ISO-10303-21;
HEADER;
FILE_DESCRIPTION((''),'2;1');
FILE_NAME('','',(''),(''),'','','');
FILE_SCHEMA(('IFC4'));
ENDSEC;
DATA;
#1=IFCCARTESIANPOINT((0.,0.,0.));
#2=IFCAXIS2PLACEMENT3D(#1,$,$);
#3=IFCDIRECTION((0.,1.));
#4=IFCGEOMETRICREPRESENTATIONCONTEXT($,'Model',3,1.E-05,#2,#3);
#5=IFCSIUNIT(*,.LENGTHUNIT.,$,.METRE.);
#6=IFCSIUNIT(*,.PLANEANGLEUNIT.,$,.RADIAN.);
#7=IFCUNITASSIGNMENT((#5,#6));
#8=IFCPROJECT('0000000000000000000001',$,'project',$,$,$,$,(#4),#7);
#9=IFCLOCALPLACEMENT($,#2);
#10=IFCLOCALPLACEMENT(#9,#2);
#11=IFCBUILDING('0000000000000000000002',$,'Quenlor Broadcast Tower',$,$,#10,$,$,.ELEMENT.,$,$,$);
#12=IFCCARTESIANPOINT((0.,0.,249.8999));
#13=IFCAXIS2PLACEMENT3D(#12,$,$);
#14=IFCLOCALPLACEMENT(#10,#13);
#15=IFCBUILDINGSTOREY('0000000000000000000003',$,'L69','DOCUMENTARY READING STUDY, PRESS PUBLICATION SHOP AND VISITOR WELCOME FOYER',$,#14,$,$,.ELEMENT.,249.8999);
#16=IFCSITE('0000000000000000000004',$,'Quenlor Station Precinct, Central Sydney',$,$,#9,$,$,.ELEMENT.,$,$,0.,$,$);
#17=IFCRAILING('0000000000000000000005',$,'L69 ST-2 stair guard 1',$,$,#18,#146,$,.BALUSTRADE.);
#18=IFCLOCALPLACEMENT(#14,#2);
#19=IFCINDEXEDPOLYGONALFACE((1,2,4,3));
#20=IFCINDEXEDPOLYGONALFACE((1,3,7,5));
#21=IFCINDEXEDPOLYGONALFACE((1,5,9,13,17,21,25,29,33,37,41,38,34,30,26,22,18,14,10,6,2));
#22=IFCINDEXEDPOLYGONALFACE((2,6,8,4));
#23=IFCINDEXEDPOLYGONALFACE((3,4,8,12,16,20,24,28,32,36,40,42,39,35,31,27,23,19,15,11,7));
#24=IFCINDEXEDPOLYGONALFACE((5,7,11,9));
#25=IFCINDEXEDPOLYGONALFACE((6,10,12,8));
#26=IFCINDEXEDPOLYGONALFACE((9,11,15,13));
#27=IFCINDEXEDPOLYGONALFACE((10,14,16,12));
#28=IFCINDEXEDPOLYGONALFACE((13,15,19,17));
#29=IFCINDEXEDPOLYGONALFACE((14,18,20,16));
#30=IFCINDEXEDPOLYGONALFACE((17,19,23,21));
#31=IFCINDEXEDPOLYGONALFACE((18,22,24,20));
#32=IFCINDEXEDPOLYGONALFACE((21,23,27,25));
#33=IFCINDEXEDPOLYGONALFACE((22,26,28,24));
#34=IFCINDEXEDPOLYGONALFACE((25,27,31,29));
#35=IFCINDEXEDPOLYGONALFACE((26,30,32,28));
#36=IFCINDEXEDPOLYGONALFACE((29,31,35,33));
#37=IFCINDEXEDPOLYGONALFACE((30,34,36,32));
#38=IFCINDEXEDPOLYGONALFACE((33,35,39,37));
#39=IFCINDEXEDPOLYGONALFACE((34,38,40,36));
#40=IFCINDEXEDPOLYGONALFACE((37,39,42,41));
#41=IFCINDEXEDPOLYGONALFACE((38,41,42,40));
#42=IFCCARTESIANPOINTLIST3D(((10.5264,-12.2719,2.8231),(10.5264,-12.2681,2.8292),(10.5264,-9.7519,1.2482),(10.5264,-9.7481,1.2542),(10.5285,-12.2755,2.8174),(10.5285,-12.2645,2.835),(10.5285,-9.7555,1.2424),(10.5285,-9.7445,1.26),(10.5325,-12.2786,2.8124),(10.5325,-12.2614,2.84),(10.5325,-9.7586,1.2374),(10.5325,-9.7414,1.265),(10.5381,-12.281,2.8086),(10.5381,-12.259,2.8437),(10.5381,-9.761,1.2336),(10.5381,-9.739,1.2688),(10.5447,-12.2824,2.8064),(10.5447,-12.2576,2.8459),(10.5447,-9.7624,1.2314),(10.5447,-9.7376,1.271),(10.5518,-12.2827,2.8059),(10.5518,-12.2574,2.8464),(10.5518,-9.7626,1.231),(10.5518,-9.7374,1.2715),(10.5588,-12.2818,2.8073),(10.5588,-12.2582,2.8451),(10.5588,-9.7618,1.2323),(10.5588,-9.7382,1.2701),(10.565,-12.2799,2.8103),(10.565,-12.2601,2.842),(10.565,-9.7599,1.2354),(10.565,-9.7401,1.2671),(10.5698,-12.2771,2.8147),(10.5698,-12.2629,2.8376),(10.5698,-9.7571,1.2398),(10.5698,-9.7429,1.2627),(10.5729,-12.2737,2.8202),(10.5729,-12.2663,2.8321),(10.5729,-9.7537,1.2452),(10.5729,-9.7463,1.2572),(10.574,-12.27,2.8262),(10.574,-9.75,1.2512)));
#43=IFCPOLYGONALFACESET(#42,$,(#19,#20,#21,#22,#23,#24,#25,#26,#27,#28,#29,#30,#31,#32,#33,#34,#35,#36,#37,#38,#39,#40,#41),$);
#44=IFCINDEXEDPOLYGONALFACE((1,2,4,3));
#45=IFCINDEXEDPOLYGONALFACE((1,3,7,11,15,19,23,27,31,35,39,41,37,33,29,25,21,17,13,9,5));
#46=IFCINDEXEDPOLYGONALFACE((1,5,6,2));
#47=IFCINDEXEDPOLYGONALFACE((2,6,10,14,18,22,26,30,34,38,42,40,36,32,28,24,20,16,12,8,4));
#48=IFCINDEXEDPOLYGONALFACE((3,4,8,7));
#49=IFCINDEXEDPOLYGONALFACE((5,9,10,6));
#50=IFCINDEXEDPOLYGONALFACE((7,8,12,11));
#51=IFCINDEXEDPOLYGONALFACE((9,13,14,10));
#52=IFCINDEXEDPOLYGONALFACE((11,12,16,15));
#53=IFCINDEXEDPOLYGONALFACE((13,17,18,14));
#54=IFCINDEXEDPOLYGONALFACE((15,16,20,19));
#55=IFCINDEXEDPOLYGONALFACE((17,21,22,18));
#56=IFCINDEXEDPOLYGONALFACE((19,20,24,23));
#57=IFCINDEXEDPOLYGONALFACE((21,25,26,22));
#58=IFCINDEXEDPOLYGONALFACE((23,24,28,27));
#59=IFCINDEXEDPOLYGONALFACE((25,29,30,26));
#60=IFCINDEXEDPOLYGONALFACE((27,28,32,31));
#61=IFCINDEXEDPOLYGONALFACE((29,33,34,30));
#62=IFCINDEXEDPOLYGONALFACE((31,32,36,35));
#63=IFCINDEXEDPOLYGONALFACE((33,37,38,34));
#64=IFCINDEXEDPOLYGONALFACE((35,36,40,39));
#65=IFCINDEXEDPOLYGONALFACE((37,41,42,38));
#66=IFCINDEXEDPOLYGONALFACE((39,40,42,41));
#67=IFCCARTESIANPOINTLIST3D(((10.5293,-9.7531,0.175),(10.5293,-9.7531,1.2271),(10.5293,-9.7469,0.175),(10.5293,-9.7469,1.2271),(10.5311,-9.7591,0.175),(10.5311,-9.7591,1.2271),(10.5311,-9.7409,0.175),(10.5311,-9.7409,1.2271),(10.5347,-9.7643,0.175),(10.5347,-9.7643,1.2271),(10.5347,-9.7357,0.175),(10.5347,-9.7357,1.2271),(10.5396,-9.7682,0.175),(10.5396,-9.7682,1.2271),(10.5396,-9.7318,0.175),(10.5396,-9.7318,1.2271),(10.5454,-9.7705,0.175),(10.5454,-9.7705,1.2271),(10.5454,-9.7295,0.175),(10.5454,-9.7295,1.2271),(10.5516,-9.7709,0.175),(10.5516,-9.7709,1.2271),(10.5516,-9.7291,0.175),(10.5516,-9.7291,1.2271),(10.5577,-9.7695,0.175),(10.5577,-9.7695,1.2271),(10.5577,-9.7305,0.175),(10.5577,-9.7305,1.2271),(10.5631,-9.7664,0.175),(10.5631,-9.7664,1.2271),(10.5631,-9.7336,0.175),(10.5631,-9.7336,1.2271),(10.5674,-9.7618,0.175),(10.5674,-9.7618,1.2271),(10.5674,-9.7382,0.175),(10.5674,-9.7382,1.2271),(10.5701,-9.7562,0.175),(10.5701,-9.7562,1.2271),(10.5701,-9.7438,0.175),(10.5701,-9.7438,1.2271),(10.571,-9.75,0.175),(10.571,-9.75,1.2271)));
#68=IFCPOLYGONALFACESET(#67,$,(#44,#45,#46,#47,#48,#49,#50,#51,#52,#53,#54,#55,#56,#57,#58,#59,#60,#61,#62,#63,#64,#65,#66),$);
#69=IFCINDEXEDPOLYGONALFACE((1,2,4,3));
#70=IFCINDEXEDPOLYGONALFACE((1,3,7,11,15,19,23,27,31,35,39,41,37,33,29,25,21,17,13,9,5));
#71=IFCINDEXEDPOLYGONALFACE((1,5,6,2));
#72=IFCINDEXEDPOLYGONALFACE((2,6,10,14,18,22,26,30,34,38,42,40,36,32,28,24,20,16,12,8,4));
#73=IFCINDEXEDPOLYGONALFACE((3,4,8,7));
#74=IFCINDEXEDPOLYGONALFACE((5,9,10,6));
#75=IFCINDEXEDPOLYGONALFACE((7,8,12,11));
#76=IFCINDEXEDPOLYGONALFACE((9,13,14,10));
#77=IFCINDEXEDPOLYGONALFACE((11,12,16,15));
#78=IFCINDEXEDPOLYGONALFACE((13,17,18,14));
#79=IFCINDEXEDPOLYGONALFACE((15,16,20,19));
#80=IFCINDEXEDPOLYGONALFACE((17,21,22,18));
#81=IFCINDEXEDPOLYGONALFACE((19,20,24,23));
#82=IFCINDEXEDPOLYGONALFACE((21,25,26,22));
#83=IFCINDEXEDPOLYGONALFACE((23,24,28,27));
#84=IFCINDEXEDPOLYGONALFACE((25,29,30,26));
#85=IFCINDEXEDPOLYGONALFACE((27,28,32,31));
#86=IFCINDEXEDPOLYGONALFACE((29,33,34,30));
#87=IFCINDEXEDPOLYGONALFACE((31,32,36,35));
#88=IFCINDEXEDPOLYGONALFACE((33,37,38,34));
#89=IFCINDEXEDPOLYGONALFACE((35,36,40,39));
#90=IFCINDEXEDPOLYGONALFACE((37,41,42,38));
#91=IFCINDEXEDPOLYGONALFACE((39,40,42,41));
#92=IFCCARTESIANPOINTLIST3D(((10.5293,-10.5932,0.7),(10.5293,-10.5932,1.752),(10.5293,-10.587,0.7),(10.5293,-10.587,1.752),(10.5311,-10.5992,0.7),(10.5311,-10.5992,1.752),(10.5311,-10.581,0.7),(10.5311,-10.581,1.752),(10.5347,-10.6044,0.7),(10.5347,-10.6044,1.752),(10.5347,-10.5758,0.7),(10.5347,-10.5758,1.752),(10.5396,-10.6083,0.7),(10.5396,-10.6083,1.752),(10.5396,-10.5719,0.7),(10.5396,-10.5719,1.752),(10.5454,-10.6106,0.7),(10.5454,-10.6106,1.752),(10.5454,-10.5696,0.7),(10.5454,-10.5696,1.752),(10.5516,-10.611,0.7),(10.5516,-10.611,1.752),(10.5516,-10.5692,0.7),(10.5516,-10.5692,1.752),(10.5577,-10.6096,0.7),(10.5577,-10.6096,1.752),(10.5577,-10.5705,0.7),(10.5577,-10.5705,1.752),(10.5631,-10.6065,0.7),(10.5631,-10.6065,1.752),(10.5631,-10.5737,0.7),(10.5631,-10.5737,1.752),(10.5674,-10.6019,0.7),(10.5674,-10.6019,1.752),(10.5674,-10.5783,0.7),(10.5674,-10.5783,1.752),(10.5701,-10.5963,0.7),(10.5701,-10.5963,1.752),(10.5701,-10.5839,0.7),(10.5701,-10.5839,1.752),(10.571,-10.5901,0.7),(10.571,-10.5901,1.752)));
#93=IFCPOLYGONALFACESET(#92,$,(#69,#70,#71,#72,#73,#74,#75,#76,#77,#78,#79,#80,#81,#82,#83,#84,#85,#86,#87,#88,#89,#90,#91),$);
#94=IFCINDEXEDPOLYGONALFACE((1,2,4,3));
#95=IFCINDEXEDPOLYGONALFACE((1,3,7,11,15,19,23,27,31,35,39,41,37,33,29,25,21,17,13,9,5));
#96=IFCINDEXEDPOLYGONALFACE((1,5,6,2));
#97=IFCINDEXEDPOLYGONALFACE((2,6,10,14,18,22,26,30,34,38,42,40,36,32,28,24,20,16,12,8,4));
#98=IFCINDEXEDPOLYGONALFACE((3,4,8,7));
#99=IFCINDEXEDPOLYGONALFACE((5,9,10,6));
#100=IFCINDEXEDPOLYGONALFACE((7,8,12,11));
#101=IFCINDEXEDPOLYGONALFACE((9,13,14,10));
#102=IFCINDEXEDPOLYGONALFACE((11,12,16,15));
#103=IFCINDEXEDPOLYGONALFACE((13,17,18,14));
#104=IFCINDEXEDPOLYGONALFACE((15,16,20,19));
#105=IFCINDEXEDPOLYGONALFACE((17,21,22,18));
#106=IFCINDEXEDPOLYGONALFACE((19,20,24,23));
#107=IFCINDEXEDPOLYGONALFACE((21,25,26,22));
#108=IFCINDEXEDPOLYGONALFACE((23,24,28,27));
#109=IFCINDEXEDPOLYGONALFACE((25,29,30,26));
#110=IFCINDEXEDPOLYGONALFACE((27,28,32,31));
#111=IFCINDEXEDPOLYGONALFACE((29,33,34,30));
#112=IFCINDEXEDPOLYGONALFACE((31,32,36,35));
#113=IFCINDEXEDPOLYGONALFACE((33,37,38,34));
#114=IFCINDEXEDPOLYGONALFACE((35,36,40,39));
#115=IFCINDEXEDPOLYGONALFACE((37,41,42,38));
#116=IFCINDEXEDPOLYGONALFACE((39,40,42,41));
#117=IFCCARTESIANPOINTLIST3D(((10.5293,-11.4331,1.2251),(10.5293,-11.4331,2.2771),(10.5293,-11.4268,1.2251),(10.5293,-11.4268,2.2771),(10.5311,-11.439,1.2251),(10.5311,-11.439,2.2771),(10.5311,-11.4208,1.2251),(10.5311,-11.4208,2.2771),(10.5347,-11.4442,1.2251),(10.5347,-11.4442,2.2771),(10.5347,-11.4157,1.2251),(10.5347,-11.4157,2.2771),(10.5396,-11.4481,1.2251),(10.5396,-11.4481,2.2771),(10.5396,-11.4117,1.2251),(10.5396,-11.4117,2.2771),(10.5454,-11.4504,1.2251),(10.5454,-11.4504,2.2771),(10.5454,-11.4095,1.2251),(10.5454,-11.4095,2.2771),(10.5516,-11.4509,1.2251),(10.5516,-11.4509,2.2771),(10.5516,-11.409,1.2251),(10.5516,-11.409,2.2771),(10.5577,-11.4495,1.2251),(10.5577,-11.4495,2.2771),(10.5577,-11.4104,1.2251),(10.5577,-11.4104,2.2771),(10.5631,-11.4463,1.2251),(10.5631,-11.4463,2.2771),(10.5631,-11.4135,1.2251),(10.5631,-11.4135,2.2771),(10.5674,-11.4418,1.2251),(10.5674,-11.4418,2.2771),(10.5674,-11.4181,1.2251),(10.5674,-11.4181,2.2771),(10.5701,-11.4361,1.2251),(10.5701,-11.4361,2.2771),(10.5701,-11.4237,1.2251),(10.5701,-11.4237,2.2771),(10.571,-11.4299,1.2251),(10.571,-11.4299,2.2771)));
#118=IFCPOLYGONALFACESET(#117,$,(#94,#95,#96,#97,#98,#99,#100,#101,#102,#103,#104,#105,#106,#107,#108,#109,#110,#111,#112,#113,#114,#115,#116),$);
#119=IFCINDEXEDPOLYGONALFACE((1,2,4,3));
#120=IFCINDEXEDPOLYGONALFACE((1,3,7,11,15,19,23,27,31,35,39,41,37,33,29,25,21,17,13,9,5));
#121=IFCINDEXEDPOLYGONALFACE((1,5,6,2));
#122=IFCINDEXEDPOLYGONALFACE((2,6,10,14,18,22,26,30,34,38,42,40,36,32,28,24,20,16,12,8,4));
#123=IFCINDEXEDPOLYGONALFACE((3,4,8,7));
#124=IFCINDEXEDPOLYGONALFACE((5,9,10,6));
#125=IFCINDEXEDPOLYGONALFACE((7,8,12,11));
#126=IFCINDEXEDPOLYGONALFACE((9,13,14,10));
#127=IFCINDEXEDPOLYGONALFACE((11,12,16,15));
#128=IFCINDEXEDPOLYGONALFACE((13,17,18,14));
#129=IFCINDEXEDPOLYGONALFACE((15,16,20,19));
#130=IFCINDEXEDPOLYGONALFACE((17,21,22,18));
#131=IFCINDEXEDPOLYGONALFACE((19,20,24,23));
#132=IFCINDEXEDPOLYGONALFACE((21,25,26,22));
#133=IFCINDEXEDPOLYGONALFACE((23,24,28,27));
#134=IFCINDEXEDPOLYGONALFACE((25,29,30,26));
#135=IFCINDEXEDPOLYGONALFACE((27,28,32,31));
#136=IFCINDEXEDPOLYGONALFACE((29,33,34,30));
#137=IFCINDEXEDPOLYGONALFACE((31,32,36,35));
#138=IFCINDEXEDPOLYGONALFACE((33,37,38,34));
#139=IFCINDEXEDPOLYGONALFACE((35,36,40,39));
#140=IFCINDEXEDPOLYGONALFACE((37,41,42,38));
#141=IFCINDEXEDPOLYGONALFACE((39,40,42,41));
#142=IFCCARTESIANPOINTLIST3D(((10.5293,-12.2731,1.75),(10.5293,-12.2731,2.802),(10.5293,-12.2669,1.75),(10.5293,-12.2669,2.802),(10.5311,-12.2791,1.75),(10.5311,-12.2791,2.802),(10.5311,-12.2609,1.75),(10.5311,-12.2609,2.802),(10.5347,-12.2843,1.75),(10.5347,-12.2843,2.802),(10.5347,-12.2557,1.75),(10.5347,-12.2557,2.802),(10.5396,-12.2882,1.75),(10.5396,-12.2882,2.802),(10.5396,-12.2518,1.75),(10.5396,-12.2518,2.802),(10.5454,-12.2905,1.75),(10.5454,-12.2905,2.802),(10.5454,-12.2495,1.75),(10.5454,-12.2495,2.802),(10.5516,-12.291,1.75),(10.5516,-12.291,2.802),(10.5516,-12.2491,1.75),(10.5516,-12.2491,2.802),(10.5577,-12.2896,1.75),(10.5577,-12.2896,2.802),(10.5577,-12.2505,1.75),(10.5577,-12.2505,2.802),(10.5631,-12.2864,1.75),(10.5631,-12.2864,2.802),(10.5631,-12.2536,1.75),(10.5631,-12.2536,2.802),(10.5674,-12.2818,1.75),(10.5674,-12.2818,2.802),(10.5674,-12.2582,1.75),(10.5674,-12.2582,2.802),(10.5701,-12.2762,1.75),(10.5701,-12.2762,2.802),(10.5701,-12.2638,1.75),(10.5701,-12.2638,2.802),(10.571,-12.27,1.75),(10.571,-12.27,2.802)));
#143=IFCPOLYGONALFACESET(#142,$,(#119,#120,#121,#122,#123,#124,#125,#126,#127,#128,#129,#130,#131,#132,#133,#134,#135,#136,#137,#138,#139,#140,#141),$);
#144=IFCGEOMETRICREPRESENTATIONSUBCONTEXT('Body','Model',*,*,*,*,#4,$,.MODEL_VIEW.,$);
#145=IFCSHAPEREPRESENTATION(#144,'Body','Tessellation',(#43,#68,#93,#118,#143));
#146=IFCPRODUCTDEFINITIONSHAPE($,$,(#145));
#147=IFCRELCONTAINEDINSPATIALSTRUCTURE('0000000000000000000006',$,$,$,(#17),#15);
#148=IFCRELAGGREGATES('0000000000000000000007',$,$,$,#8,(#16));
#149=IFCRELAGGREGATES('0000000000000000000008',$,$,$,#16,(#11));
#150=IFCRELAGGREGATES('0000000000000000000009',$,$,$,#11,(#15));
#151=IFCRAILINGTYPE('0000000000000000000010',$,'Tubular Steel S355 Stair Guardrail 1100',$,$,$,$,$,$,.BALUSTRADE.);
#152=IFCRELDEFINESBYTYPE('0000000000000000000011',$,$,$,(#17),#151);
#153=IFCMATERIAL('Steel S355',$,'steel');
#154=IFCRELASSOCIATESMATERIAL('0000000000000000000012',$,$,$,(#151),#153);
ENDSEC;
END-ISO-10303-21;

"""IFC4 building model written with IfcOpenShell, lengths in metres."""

from ifc_helpers import new_model, si_unit, direction, frame, origin, origin_2d, place, context, subcontext, project, spatial, circle, extrude, material, type_object, element, save


model = new_model("IFC4")

# Units and contexts
model_context = context("Model", 3, precision=1e-05, world=origin(), true_north=direction((0.0, 1.0)))
body_context = subcontext(model_context, "Body", "Model", "MODEL_VIEW")
ifc_project = project(units=[si_unit("LENGTHUNIT", "METRE"), si_unit("PLANEANGLEUNIT", "RADIAN")], contexts=[model_context])

# Site, building, storey
site_placement = place(None, origin())
site = spatial("IfcSite", under=ifc_project, at=site_placement, Name="Quenlor Station Precinct, Central Sydney", CompositionType="ELEMENT", RefElevation=0.0)
building_placement = place(site_placement, origin())
building = spatial("IfcBuilding", under=site, at=building_placement, Name="Quenlor Broadcast Tower", CompositionType="ELEMENT")
storey_placement = place(building_placement, frame((0.0, 0.0, 249.8999)))
storey = spatial("IfcBuildingStorey", under=building, at=storey_placement, Name="L69", Description="DOCUMENTARY READING STUDY, PRESS PUBLICATION SHOP AND VISITOR WELCOME FOYER", CompositionType="ELEMENT", Elevation=249.8999)

# Railing
ifc_material_1 = material(Name="Steel S355", Category="steel")
railing_type_1 = type_object("IfcRailingType", Name="Tubular Steel S355 Stair Guardrail 1100", PredefinedType="BALUSTRADE", material=ifc_material_1)
railing_1_placement = place(storey_placement, frame((10.55, -9.75, 0.175)))
element("IfcRailing", 1, at=railing_1_placement, inside=storey, type_object=railing_type_1, Name="L69 ST-2 stair guard 1", PredefinedType="BALUSTRADE", context=body_context, shape_type="SweptSolid", body=[
    extrude(circle(Radius=0.0239, at=origin_2d()), frame((0.0, 0.0, 1.0762), z_axis=(0.0, -0.848008, 0.529984), x_axis=(1.0, 0.0, 0.0)), (0.0, 0.0, 1.0), 2.9717),
    extrude(circle(Radius=0.021, at=origin_2d()), origin(), (0.0, 0.0, 1.0), 1.052),
    extrude(circle(Radius=0.021, at=origin_2d()), frame((0.0, -0.8401, 0.5249)), (0.0, 0.0, 1.0), 1.052),
    extrude(circle(Radius=0.021, at=origin_2d()), frame((0.0, -1.6799, 1.05)), (0.0, 0.0, 1.0), 1.052),
    extrude(circle(Radius=0.021, at=origin_2d()), frame((0.0, -2.52, 1.575)), (0.0, 0.0, 1.0), 1.052),
])

save(model, "model.ifc")
